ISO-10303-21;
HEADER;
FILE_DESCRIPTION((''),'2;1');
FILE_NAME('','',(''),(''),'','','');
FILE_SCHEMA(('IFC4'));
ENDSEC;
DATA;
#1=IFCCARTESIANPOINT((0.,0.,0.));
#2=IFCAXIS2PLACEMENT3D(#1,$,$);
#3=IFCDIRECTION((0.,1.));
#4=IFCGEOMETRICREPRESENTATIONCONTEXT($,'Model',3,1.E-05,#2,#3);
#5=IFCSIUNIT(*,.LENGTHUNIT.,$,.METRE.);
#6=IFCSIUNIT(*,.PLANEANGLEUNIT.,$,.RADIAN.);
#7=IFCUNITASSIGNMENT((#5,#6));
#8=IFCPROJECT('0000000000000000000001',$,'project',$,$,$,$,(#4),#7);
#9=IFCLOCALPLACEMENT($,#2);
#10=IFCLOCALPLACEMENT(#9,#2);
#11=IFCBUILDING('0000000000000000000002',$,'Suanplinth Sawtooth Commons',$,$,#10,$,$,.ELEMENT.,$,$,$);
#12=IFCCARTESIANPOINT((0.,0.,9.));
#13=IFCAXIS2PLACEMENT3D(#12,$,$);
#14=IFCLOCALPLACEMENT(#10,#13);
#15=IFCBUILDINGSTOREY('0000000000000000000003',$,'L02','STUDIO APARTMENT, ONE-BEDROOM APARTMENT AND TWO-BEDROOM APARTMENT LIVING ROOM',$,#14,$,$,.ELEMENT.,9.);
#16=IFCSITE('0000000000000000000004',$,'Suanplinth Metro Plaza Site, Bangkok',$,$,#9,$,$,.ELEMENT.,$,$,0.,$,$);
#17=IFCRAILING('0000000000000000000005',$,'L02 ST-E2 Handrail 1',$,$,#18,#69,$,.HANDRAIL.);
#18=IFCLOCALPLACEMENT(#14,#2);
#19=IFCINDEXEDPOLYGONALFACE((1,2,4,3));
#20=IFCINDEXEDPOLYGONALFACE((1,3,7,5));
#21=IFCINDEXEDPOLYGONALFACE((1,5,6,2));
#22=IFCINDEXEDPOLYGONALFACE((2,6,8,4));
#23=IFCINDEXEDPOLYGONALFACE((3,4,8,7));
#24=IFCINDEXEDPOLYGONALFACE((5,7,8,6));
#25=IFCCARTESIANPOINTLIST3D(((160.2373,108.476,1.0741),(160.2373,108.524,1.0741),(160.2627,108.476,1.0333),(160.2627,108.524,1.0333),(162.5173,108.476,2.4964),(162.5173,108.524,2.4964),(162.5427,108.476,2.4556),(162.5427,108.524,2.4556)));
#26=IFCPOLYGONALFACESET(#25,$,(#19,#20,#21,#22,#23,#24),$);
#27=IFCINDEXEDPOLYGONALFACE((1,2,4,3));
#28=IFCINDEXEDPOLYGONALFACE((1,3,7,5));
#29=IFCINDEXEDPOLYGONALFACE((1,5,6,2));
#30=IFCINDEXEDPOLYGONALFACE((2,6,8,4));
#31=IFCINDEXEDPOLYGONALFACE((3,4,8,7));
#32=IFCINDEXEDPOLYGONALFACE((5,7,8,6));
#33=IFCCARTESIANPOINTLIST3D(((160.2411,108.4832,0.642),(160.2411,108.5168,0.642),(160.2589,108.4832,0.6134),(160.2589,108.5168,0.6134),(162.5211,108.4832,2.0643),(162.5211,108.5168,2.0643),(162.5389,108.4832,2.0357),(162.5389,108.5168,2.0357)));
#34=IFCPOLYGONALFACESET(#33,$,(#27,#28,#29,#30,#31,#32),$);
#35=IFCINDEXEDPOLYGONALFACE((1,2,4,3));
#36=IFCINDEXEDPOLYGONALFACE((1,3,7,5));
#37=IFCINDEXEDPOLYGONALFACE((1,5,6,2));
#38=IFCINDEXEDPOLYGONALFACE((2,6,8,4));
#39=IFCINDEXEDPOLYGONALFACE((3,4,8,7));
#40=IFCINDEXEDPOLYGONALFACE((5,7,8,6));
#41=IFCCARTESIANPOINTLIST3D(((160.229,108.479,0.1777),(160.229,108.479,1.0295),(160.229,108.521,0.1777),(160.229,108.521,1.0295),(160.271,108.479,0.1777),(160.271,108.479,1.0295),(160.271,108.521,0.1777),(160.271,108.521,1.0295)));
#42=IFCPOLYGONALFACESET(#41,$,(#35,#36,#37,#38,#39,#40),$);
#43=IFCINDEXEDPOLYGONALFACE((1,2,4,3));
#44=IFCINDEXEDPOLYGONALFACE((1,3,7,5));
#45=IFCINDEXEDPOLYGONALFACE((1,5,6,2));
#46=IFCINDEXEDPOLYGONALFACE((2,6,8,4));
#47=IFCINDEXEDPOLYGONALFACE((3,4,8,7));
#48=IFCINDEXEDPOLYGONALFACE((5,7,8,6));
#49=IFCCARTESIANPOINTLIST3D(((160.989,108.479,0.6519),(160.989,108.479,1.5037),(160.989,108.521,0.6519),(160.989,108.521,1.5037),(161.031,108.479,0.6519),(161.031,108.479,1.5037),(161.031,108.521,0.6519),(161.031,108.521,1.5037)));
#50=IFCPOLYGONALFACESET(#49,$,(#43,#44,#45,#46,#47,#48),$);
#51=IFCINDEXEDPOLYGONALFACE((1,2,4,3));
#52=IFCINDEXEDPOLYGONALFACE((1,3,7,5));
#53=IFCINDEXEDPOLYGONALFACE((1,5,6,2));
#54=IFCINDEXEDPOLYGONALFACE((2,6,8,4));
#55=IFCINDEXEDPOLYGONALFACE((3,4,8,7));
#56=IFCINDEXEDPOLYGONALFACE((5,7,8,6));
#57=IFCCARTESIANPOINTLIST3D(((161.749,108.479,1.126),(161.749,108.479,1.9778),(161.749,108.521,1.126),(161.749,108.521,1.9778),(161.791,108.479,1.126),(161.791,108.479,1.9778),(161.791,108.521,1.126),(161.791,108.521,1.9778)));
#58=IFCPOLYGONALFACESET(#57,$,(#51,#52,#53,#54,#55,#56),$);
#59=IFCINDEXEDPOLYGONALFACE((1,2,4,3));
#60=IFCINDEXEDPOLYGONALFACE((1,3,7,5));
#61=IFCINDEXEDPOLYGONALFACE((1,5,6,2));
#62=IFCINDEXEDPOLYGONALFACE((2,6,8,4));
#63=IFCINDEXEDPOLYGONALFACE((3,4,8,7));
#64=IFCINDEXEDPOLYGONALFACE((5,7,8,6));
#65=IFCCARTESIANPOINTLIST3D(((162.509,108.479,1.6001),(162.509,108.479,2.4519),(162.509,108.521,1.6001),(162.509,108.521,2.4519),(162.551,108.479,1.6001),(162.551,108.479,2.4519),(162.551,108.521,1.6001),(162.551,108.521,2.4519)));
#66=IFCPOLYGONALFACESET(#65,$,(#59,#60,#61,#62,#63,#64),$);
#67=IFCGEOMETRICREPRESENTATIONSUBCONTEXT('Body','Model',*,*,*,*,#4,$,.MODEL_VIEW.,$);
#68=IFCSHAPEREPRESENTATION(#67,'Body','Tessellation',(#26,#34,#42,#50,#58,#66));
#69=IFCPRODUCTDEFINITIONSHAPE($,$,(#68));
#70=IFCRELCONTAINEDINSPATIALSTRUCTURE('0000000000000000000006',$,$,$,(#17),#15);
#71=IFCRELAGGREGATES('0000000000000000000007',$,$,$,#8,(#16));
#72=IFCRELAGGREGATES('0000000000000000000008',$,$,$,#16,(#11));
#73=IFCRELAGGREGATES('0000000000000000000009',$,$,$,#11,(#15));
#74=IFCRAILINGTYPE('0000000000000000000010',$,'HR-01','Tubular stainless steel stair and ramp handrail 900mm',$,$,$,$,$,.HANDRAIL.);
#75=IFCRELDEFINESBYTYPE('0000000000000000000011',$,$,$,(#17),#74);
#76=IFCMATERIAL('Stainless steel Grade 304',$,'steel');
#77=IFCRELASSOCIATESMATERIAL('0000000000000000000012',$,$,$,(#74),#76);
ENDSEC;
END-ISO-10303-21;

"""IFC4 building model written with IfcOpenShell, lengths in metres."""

from ifc_helpers import new_model, si_unit, direction, frame, origin, origin_2d, place, context, subcontext, project, spatial, rectangle, extrude, material, type_object, element, save


model = new_model("IFC4")

# Units and contexts
model_context = context("Model", 3, precision=1e-05, world=origin(), true_north=direction((0.0, 1.0)))
body_context = subcontext(model_context, "Body", "Model", "MODEL_VIEW")
ifc_project = project(units=[si_unit("LENGTHUNIT", "METRE"), si_unit("PLANEANGLEUNIT", "RADIAN")], contexts=[model_context])

# Site, building, storey
site_placement = place(None, origin())
site = spatial("IfcSite", under=ifc_project, at=site_placement, Name="Suanplinth Metro Plaza Site, Bangkok", CompositionType="ELEMENT", RefElevation=0.0)
building_placement = place(site_placement, origin())
building = spatial("IfcBuilding", under=site, at=building_placement, Name="Suanplinth Sawtooth Commons", CompositionType="ELEMENT")
storey_placement = place(building_placement, frame((0.0, 0.0, 9.0)))
storey = spatial("IfcBuildingStorey", under=building, at=storey_placement, Name="L02", Description="STUDIO APARTMENT, ONE-BEDROOM APARTMENT AND TWO-BEDROOM APARTMENT LIVING ROOM", CompositionType="ELEMENT", Elevation=9.0)

# Shared definitions
ifc_material_1 = material(Name="Stainless steel Grade 304", Category="steel")

# Railing
railing_type_1 = type_object("IfcRailingType", Name="HR-01", Description="Tubular stainless steel stair and ramp handrail 900mm", PredefinedType="HANDRAIL", material=ifc_material_1)
railing_1_placement = place(storey_placement, frame((160.25, 108.5, 0.1777)))
element("IfcRailing", 1, at=railing_1_placement, inside=storey, type_object=railing_type_1, Name="L02 ST-E2 Handrail 1", PredefinedType="HANDRAIL", context=body_context, shape_type="SweptSolid", body=[
    extrude(rectangle(XDim=0.0481, YDim=0.0481, at=origin_2d()), frame((0.0, 0.0, 0.876), z_axis=(0.848442, 0.0, 0.529288), x_axis=(0.0, 1.0, 0.0)), (0.0, 0.0, 1.0), 2.6873),
    extrude(rectangle(XDim=0.0337, YDim=0.0337, at=origin_2d()), frame((0.0, 0.0, 0.45), z_axis=(0.848442, 0.0, 0.529288), x_axis=(0.0, 1.0, 0.0)), (0.0, 0.0, 1.0), 2.6873),
    extrude(rectangle(XDim=0.042, YDim=0.042, at=origin_2d()), origin(), (0.0, 0.0, 1.0), 0.8518),
    extrude(rectangle(XDim=0.042, YDim=0.042, at=origin_2d()), frame((0.76, 0.0, 0.4741)), (0.0, 0.0, 1.0), 0.8518),
    extrude(rectangle(XDim=0.042, YDim=0.042, at=origin_2d()), frame((1.52, 0.0, 0.9482)), (0.0, 0.0, 1.0), 0.8518),
    extrude(rectangle(XDim=0.042, YDim=0.042, at=origin_2d()), frame((2.28, 0.0, 1.4224)), (0.0, 0.0, 1.0), 0.8518),
])

save(model, "model.ifc")
